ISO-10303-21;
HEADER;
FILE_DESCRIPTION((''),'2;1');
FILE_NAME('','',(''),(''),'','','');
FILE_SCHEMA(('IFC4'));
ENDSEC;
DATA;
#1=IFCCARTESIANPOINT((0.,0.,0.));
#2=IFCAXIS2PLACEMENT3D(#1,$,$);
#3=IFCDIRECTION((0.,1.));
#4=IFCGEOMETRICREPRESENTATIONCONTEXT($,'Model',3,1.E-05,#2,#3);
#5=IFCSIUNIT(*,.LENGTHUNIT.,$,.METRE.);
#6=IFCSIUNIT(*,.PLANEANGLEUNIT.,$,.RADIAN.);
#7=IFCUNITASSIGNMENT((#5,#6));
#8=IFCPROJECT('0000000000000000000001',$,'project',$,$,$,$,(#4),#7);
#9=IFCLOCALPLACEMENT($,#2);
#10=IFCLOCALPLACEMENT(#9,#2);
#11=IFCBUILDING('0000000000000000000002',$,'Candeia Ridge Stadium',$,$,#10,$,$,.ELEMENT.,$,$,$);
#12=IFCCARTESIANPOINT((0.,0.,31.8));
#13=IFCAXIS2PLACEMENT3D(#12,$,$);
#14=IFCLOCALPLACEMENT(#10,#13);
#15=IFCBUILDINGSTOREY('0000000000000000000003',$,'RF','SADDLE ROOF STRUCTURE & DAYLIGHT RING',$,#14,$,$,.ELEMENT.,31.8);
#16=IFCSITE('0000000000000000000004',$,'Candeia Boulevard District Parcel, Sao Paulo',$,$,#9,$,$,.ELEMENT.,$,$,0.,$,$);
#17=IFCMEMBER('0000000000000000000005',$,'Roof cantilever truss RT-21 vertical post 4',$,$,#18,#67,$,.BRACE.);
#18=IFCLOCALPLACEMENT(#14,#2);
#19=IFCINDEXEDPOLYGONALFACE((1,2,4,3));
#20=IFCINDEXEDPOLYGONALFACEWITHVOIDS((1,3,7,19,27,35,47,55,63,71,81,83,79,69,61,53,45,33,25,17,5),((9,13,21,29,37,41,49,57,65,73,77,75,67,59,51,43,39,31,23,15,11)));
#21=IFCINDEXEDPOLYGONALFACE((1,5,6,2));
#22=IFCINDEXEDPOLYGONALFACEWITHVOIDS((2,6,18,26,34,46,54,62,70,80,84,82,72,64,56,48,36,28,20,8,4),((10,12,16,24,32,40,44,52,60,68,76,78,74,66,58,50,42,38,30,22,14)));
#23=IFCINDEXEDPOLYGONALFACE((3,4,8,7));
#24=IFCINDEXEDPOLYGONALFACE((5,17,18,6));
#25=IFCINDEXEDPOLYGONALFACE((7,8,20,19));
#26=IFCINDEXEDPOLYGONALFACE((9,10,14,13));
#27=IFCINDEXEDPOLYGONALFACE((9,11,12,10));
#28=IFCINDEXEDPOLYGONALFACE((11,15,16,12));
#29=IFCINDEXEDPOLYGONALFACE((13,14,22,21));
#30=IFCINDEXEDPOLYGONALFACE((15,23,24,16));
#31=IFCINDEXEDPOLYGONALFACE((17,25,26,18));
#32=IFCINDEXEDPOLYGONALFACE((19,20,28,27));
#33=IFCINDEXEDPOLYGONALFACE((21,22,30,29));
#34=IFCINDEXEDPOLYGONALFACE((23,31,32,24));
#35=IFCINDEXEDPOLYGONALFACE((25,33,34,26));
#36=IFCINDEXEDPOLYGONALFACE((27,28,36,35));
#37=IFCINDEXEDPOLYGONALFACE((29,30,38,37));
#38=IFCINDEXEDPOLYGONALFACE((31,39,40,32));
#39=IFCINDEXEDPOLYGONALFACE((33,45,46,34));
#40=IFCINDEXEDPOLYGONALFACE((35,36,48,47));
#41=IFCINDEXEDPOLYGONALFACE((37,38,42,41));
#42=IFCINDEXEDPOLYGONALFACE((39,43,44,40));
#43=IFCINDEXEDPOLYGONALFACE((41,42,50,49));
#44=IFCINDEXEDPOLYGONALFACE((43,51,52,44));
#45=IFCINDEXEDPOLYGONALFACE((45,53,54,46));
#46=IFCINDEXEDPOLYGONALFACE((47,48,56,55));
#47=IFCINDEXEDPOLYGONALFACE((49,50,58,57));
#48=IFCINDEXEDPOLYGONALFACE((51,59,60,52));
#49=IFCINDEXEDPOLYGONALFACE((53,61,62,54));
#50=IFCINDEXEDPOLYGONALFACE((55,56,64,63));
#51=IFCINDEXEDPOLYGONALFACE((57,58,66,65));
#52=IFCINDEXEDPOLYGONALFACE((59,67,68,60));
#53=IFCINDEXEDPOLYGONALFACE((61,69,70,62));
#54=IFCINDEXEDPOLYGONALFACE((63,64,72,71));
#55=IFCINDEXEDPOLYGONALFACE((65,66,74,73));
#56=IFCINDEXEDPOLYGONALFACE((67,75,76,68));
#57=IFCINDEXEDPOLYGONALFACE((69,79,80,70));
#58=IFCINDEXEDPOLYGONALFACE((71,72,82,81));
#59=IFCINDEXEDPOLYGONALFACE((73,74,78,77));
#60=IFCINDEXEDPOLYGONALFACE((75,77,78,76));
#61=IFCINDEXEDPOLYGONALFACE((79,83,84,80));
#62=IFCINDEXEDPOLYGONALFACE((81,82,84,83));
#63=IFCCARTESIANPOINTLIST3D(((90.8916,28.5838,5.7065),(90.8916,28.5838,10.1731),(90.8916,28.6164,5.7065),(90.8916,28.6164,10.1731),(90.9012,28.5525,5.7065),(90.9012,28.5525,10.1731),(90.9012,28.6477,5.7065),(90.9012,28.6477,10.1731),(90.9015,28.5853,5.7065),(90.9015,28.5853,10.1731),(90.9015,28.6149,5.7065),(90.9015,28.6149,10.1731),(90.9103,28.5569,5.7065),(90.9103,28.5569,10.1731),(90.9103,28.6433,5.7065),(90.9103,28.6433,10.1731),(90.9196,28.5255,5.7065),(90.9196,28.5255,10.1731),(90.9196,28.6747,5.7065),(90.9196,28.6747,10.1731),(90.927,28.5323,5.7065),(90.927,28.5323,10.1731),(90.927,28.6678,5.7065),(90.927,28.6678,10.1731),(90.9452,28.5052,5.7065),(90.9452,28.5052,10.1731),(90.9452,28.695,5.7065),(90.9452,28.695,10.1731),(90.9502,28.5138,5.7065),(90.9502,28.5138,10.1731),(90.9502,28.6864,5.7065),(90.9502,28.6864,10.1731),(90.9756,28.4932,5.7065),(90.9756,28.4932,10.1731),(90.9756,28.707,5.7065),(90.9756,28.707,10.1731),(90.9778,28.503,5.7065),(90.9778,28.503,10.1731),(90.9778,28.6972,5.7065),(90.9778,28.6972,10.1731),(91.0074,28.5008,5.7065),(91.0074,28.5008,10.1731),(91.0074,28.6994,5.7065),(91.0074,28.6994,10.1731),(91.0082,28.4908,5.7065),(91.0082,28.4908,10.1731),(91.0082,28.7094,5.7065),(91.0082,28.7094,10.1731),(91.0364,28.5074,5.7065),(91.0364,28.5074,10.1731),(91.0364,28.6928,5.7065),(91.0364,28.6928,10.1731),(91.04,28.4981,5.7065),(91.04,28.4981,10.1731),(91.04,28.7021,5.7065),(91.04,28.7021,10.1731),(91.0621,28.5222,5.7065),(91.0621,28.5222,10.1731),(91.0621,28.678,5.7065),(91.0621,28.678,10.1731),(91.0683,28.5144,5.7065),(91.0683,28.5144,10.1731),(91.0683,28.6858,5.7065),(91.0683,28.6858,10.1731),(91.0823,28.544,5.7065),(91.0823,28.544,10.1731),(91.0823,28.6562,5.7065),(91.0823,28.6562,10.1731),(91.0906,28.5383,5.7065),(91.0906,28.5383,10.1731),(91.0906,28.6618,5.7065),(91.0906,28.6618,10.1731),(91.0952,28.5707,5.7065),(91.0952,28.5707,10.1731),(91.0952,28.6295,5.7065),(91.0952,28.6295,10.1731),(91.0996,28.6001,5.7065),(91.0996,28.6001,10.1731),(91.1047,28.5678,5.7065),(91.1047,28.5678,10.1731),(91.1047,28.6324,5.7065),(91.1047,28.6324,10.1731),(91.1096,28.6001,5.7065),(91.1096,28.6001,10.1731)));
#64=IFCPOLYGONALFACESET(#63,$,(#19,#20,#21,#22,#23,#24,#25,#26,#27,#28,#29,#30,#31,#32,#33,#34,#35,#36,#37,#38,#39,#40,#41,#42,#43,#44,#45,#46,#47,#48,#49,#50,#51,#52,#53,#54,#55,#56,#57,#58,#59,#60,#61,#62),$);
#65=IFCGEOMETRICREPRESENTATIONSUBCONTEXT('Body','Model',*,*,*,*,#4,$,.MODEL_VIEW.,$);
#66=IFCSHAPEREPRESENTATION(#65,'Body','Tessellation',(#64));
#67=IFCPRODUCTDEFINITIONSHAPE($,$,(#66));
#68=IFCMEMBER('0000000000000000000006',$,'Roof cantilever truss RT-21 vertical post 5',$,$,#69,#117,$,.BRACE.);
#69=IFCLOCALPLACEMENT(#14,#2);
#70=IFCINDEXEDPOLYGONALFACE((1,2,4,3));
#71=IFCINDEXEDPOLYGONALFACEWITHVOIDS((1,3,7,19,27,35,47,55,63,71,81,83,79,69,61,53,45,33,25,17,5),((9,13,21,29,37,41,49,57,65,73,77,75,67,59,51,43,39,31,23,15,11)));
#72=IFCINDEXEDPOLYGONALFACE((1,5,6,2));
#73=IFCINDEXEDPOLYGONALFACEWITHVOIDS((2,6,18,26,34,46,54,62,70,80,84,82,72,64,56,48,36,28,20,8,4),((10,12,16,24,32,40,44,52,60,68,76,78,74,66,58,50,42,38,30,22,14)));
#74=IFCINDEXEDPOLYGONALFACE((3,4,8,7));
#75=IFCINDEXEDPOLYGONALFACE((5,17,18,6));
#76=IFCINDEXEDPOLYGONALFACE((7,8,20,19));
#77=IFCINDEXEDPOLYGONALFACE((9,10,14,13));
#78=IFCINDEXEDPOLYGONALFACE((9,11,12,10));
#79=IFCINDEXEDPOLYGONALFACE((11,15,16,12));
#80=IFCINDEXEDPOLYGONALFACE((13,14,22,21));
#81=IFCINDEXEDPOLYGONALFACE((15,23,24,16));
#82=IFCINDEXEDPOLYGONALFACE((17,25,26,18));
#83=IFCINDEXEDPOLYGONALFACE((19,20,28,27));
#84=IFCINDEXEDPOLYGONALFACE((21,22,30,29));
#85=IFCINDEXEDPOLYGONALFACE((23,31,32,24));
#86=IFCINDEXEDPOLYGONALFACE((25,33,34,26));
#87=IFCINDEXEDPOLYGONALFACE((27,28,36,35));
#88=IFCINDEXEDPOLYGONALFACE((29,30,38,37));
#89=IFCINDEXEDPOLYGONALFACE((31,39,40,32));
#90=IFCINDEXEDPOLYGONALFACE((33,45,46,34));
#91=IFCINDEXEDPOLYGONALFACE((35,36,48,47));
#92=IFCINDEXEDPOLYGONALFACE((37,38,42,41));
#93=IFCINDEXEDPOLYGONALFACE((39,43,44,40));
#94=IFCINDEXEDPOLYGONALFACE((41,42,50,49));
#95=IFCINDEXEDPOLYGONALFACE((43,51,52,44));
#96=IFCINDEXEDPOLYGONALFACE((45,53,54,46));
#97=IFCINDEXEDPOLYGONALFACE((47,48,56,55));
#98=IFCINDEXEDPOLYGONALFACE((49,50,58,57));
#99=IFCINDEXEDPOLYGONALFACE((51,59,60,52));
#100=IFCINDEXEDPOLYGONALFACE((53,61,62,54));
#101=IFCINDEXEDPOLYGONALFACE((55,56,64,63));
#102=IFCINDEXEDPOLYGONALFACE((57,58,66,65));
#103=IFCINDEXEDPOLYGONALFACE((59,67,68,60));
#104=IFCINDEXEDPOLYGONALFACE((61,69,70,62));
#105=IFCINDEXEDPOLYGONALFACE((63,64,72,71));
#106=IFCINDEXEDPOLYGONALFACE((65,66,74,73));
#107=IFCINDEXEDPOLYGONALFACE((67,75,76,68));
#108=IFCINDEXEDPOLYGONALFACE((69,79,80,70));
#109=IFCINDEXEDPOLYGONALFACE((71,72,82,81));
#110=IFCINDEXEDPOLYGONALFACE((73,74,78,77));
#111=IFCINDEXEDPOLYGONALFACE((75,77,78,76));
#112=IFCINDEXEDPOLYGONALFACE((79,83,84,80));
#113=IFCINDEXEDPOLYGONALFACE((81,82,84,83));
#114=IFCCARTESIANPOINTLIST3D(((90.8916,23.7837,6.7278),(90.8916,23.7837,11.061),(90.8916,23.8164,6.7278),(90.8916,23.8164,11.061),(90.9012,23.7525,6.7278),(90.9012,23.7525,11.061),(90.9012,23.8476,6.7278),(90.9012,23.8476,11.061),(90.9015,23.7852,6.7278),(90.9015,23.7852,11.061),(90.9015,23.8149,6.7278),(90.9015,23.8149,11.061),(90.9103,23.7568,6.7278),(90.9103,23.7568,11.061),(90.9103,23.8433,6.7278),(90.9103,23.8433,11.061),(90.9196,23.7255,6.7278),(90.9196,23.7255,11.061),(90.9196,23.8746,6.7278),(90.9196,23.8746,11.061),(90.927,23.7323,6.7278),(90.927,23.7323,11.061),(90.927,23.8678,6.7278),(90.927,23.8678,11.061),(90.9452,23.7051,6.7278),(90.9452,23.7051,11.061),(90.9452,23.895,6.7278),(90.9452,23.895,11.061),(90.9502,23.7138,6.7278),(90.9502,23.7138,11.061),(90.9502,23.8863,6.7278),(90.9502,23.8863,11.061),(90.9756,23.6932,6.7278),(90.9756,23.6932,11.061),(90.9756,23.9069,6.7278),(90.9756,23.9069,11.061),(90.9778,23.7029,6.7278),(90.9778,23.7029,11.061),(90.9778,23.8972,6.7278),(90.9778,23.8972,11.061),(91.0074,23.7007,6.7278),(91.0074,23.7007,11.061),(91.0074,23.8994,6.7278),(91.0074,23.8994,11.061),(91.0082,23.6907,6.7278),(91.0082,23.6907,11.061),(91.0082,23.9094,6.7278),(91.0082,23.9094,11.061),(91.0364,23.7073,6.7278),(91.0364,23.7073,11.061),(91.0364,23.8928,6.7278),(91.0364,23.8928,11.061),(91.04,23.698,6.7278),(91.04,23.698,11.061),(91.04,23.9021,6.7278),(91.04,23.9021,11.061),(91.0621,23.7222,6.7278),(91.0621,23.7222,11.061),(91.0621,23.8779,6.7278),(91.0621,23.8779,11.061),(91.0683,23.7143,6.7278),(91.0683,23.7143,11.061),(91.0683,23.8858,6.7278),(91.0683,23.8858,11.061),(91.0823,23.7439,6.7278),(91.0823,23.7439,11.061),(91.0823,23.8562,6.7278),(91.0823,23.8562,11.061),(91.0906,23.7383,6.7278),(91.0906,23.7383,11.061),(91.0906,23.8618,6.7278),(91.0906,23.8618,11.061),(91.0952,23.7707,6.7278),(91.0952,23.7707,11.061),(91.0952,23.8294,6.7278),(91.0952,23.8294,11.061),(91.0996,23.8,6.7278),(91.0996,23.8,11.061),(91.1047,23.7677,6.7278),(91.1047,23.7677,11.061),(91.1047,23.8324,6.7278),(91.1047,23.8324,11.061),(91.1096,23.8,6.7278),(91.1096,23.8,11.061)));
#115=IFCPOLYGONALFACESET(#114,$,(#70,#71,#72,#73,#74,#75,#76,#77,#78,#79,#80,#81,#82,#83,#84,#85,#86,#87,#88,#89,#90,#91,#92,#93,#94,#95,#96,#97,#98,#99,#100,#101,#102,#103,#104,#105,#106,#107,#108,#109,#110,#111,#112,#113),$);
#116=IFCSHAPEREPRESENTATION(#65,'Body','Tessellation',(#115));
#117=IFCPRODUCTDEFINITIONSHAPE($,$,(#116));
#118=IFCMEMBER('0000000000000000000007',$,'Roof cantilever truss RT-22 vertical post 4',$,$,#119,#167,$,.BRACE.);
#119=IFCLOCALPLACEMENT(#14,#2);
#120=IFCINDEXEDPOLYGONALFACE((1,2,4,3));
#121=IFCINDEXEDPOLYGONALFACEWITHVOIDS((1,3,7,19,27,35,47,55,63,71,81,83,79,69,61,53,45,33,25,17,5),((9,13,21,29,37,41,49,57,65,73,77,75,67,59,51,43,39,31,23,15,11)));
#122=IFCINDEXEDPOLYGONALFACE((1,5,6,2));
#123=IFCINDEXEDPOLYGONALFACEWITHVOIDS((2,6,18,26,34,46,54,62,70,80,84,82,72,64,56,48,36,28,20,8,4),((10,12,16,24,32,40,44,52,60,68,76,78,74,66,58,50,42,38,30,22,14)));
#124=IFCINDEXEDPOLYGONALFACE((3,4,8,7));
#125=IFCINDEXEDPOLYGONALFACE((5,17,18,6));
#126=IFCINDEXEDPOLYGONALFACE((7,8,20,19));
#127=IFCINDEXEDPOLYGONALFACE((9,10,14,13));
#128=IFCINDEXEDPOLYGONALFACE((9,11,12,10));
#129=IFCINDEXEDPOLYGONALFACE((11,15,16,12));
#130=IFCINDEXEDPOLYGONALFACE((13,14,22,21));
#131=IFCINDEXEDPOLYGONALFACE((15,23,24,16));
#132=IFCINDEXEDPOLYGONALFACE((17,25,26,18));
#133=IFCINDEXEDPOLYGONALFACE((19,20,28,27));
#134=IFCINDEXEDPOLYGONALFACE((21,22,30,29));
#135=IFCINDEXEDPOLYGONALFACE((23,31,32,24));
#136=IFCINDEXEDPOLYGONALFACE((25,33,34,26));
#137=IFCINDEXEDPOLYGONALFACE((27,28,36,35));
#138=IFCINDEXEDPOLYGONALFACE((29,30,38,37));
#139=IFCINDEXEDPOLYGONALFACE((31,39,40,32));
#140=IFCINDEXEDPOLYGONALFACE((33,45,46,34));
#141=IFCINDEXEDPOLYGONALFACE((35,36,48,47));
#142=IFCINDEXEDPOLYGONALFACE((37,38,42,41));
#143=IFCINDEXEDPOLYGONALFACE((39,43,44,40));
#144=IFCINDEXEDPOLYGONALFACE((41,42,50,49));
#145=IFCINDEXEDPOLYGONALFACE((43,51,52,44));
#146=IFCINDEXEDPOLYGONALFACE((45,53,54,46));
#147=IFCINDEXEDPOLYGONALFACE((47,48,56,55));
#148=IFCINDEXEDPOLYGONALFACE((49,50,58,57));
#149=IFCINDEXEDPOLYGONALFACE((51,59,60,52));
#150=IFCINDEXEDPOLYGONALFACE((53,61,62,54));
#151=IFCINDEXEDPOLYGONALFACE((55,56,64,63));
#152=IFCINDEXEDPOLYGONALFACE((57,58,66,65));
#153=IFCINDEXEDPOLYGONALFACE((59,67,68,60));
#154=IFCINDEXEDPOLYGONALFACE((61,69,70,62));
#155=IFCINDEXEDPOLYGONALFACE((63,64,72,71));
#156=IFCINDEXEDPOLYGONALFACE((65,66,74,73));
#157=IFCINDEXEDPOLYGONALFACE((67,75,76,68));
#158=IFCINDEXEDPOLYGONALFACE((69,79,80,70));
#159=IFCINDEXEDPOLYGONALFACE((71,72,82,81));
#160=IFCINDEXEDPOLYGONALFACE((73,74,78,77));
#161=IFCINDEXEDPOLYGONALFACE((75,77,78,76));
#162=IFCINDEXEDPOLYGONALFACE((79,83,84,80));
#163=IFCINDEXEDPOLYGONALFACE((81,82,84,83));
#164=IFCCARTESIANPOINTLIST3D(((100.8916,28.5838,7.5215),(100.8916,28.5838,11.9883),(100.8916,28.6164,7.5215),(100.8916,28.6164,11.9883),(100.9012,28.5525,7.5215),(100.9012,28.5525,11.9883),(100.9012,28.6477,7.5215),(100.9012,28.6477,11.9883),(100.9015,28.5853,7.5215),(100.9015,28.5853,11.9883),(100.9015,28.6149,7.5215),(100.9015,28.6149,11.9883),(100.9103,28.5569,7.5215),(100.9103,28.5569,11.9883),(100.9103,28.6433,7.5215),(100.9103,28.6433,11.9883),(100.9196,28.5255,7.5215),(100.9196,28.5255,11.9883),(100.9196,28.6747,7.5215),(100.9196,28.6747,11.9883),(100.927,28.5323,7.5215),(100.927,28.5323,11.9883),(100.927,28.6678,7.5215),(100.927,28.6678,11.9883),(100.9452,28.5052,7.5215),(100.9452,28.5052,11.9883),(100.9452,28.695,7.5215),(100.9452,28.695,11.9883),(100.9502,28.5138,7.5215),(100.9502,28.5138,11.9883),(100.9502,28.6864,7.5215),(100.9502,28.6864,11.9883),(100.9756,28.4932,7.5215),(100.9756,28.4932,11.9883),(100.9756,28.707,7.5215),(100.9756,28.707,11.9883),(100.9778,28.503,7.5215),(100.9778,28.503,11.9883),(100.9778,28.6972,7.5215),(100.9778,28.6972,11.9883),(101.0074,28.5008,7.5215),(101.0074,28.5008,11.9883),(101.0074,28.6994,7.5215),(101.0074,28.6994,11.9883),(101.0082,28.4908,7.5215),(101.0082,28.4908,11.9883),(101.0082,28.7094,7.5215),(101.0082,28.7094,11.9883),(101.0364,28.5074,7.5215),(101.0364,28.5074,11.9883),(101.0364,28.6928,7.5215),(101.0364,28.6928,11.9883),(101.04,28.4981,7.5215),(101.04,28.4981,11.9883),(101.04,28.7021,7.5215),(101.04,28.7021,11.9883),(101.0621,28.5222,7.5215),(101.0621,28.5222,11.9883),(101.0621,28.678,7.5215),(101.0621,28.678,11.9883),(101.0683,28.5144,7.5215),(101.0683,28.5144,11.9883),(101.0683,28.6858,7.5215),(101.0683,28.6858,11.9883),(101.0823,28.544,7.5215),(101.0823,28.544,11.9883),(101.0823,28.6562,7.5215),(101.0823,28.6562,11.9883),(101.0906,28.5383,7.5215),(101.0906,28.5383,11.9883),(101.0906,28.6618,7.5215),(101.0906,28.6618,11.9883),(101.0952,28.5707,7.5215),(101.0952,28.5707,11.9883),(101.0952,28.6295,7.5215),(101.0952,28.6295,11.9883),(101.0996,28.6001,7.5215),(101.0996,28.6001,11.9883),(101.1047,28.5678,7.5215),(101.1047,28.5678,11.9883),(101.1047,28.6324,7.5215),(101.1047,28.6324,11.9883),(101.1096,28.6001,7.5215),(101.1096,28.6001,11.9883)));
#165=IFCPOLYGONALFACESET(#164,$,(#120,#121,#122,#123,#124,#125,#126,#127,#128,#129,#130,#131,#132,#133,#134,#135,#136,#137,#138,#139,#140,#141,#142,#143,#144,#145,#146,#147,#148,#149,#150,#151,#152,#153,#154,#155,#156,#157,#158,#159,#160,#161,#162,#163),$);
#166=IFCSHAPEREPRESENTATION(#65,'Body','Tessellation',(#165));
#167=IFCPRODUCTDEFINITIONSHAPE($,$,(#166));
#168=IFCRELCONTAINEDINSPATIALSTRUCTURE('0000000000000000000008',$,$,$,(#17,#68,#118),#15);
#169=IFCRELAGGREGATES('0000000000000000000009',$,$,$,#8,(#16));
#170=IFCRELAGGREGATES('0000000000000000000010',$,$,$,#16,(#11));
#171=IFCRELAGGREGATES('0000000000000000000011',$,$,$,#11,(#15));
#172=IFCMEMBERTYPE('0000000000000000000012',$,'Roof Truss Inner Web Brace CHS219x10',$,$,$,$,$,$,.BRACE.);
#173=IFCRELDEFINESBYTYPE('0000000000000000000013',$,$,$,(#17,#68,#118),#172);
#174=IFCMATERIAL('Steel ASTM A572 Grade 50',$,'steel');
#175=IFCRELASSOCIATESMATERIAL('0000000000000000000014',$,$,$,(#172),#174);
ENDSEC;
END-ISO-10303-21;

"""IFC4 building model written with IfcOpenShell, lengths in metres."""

from ifc_helpers import new_model, si_unit, direction, frame, origin, origin_2d, place, context, subcontext, project, spatial, hollow_circle, extrude, material, material_profile, profile_set, type_object, element, save


model = new_model("IFC4")

# Units and contexts
model_context = context("Model", 3, precision=1e-05, world=origin(), true_north=direction((0.0, 1.0)))
body_context = subcontext(model_context, "Body", "Model", "MODEL_VIEW")
ifc_project = project(units=[si_unit("LENGTHUNIT", "METRE"), si_unit("PLANEANGLEUNIT", "RADIAN")], contexts=[model_context])

# Site, building, storey
site_placement = place(None, origin())
site = spatial("IfcSite", under=ifc_project, at=site_placement, Name="Candeia Boulevard District Parcel, Sao Paulo", CompositionType="ELEMENT", RefElevation=0.0)
building_placement = place(site_placement, origin())
building = spatial("IfcBuilding", under=site, at=building_placement, Name="Candeia Ridge Stadium", CompositionType="ELEMENT")
storey_placement = place(building_placement, frame((0.0, 0.0, 31.8)))
storey = spatial("IfcBuildingStorey", under=building, at=storey_placement, Name="RF", Description="SADDLE ROOF STRUCTURE & DAYLIGHT RING", CompositionType="ELEMENT", Elevation=31.8)

# Shared definitions
ifc_material = material(Name="Steel ASTM A572 Grade 50", Category="steel")

# Members
ifc_material_profile_1 = material_profile(ifc_material, hollow_circle(Radius=0.1096, WallThickness=0.01, at=origin_2d()), Name="CHS219x10", Category="steel")
ifc_profile_set_1 = profile_set([ifc_material_profile_1], Name="Steel ASTM A572 Grade 50")
member_type_1 = type_object("IfcMemberType", Name="Roof Truss Inner Web Brace CHS219x10", PredefinedType="BRACE", material=ifc_profile_set_1)
member_1_placement = place(storey_placement, frame((91.0, 28.6001, 5.7065), z_axis=(0.0, 0.0, 1.0), x_axis=(1.0, 0.0, 0.0)))
element("IfcMember", 1, at=member_1_placement, inside=storey, type_object=member_type_1, Name="Roof cantilever truss RT-21 vertical post 4", PredefinedType="BRACE", context=body_context, shape_type="SweptSolid", body=[
    extrude(hollow_circle(Radius=0.1096, WallThickness=0.01, at=origin_2d()), origin(), (0.0, 0.0, 1.0), 4.4666),
])
member_2_placement = place(storey_placement, frame((91.0, 23.8, 6.7278), z_axis=(0.0, 0.0, 1.0), x_axis=(1.0, 0.0, 0.0)))
element("IfcMember", 2, at=member_2_placement, inside=storey, type_object=member_type_1, Name="Roof cantilever truss RT-21 vertical post 5", PredefinedType="BRACE", context=body_context, shape_type="SweptSolid", body=[
    extrude(hollow_circle(Radius=0.1096, WallThickness=0.01, at=origin_2d()), origin(), (0.0, 0.0, 1.0), 4.3333),
])
member_3_placement = place(storey_placement, frame((101.0, 28.6001, 7.5215), z_axis=(0.0, 0.0, 1.0), x_axis=(1.0, 0.0, 0.0)))
element("IfcMember", 3, at=member_3_placement, inside=storey, type_object=member_type_1, Name="Roof cantilever truss RT-22 vertical post 4", PredefinedType="BRACE", context=body_context, shape_type="SweptSolid", body=[
    extrude(hollow_circle(Radius=0.1096, WallThickness=0.01, at=origin_2d()), origin(), (0.0, 0.0, 1.0), 4.4668),
])

save(model, "model.ifc")
